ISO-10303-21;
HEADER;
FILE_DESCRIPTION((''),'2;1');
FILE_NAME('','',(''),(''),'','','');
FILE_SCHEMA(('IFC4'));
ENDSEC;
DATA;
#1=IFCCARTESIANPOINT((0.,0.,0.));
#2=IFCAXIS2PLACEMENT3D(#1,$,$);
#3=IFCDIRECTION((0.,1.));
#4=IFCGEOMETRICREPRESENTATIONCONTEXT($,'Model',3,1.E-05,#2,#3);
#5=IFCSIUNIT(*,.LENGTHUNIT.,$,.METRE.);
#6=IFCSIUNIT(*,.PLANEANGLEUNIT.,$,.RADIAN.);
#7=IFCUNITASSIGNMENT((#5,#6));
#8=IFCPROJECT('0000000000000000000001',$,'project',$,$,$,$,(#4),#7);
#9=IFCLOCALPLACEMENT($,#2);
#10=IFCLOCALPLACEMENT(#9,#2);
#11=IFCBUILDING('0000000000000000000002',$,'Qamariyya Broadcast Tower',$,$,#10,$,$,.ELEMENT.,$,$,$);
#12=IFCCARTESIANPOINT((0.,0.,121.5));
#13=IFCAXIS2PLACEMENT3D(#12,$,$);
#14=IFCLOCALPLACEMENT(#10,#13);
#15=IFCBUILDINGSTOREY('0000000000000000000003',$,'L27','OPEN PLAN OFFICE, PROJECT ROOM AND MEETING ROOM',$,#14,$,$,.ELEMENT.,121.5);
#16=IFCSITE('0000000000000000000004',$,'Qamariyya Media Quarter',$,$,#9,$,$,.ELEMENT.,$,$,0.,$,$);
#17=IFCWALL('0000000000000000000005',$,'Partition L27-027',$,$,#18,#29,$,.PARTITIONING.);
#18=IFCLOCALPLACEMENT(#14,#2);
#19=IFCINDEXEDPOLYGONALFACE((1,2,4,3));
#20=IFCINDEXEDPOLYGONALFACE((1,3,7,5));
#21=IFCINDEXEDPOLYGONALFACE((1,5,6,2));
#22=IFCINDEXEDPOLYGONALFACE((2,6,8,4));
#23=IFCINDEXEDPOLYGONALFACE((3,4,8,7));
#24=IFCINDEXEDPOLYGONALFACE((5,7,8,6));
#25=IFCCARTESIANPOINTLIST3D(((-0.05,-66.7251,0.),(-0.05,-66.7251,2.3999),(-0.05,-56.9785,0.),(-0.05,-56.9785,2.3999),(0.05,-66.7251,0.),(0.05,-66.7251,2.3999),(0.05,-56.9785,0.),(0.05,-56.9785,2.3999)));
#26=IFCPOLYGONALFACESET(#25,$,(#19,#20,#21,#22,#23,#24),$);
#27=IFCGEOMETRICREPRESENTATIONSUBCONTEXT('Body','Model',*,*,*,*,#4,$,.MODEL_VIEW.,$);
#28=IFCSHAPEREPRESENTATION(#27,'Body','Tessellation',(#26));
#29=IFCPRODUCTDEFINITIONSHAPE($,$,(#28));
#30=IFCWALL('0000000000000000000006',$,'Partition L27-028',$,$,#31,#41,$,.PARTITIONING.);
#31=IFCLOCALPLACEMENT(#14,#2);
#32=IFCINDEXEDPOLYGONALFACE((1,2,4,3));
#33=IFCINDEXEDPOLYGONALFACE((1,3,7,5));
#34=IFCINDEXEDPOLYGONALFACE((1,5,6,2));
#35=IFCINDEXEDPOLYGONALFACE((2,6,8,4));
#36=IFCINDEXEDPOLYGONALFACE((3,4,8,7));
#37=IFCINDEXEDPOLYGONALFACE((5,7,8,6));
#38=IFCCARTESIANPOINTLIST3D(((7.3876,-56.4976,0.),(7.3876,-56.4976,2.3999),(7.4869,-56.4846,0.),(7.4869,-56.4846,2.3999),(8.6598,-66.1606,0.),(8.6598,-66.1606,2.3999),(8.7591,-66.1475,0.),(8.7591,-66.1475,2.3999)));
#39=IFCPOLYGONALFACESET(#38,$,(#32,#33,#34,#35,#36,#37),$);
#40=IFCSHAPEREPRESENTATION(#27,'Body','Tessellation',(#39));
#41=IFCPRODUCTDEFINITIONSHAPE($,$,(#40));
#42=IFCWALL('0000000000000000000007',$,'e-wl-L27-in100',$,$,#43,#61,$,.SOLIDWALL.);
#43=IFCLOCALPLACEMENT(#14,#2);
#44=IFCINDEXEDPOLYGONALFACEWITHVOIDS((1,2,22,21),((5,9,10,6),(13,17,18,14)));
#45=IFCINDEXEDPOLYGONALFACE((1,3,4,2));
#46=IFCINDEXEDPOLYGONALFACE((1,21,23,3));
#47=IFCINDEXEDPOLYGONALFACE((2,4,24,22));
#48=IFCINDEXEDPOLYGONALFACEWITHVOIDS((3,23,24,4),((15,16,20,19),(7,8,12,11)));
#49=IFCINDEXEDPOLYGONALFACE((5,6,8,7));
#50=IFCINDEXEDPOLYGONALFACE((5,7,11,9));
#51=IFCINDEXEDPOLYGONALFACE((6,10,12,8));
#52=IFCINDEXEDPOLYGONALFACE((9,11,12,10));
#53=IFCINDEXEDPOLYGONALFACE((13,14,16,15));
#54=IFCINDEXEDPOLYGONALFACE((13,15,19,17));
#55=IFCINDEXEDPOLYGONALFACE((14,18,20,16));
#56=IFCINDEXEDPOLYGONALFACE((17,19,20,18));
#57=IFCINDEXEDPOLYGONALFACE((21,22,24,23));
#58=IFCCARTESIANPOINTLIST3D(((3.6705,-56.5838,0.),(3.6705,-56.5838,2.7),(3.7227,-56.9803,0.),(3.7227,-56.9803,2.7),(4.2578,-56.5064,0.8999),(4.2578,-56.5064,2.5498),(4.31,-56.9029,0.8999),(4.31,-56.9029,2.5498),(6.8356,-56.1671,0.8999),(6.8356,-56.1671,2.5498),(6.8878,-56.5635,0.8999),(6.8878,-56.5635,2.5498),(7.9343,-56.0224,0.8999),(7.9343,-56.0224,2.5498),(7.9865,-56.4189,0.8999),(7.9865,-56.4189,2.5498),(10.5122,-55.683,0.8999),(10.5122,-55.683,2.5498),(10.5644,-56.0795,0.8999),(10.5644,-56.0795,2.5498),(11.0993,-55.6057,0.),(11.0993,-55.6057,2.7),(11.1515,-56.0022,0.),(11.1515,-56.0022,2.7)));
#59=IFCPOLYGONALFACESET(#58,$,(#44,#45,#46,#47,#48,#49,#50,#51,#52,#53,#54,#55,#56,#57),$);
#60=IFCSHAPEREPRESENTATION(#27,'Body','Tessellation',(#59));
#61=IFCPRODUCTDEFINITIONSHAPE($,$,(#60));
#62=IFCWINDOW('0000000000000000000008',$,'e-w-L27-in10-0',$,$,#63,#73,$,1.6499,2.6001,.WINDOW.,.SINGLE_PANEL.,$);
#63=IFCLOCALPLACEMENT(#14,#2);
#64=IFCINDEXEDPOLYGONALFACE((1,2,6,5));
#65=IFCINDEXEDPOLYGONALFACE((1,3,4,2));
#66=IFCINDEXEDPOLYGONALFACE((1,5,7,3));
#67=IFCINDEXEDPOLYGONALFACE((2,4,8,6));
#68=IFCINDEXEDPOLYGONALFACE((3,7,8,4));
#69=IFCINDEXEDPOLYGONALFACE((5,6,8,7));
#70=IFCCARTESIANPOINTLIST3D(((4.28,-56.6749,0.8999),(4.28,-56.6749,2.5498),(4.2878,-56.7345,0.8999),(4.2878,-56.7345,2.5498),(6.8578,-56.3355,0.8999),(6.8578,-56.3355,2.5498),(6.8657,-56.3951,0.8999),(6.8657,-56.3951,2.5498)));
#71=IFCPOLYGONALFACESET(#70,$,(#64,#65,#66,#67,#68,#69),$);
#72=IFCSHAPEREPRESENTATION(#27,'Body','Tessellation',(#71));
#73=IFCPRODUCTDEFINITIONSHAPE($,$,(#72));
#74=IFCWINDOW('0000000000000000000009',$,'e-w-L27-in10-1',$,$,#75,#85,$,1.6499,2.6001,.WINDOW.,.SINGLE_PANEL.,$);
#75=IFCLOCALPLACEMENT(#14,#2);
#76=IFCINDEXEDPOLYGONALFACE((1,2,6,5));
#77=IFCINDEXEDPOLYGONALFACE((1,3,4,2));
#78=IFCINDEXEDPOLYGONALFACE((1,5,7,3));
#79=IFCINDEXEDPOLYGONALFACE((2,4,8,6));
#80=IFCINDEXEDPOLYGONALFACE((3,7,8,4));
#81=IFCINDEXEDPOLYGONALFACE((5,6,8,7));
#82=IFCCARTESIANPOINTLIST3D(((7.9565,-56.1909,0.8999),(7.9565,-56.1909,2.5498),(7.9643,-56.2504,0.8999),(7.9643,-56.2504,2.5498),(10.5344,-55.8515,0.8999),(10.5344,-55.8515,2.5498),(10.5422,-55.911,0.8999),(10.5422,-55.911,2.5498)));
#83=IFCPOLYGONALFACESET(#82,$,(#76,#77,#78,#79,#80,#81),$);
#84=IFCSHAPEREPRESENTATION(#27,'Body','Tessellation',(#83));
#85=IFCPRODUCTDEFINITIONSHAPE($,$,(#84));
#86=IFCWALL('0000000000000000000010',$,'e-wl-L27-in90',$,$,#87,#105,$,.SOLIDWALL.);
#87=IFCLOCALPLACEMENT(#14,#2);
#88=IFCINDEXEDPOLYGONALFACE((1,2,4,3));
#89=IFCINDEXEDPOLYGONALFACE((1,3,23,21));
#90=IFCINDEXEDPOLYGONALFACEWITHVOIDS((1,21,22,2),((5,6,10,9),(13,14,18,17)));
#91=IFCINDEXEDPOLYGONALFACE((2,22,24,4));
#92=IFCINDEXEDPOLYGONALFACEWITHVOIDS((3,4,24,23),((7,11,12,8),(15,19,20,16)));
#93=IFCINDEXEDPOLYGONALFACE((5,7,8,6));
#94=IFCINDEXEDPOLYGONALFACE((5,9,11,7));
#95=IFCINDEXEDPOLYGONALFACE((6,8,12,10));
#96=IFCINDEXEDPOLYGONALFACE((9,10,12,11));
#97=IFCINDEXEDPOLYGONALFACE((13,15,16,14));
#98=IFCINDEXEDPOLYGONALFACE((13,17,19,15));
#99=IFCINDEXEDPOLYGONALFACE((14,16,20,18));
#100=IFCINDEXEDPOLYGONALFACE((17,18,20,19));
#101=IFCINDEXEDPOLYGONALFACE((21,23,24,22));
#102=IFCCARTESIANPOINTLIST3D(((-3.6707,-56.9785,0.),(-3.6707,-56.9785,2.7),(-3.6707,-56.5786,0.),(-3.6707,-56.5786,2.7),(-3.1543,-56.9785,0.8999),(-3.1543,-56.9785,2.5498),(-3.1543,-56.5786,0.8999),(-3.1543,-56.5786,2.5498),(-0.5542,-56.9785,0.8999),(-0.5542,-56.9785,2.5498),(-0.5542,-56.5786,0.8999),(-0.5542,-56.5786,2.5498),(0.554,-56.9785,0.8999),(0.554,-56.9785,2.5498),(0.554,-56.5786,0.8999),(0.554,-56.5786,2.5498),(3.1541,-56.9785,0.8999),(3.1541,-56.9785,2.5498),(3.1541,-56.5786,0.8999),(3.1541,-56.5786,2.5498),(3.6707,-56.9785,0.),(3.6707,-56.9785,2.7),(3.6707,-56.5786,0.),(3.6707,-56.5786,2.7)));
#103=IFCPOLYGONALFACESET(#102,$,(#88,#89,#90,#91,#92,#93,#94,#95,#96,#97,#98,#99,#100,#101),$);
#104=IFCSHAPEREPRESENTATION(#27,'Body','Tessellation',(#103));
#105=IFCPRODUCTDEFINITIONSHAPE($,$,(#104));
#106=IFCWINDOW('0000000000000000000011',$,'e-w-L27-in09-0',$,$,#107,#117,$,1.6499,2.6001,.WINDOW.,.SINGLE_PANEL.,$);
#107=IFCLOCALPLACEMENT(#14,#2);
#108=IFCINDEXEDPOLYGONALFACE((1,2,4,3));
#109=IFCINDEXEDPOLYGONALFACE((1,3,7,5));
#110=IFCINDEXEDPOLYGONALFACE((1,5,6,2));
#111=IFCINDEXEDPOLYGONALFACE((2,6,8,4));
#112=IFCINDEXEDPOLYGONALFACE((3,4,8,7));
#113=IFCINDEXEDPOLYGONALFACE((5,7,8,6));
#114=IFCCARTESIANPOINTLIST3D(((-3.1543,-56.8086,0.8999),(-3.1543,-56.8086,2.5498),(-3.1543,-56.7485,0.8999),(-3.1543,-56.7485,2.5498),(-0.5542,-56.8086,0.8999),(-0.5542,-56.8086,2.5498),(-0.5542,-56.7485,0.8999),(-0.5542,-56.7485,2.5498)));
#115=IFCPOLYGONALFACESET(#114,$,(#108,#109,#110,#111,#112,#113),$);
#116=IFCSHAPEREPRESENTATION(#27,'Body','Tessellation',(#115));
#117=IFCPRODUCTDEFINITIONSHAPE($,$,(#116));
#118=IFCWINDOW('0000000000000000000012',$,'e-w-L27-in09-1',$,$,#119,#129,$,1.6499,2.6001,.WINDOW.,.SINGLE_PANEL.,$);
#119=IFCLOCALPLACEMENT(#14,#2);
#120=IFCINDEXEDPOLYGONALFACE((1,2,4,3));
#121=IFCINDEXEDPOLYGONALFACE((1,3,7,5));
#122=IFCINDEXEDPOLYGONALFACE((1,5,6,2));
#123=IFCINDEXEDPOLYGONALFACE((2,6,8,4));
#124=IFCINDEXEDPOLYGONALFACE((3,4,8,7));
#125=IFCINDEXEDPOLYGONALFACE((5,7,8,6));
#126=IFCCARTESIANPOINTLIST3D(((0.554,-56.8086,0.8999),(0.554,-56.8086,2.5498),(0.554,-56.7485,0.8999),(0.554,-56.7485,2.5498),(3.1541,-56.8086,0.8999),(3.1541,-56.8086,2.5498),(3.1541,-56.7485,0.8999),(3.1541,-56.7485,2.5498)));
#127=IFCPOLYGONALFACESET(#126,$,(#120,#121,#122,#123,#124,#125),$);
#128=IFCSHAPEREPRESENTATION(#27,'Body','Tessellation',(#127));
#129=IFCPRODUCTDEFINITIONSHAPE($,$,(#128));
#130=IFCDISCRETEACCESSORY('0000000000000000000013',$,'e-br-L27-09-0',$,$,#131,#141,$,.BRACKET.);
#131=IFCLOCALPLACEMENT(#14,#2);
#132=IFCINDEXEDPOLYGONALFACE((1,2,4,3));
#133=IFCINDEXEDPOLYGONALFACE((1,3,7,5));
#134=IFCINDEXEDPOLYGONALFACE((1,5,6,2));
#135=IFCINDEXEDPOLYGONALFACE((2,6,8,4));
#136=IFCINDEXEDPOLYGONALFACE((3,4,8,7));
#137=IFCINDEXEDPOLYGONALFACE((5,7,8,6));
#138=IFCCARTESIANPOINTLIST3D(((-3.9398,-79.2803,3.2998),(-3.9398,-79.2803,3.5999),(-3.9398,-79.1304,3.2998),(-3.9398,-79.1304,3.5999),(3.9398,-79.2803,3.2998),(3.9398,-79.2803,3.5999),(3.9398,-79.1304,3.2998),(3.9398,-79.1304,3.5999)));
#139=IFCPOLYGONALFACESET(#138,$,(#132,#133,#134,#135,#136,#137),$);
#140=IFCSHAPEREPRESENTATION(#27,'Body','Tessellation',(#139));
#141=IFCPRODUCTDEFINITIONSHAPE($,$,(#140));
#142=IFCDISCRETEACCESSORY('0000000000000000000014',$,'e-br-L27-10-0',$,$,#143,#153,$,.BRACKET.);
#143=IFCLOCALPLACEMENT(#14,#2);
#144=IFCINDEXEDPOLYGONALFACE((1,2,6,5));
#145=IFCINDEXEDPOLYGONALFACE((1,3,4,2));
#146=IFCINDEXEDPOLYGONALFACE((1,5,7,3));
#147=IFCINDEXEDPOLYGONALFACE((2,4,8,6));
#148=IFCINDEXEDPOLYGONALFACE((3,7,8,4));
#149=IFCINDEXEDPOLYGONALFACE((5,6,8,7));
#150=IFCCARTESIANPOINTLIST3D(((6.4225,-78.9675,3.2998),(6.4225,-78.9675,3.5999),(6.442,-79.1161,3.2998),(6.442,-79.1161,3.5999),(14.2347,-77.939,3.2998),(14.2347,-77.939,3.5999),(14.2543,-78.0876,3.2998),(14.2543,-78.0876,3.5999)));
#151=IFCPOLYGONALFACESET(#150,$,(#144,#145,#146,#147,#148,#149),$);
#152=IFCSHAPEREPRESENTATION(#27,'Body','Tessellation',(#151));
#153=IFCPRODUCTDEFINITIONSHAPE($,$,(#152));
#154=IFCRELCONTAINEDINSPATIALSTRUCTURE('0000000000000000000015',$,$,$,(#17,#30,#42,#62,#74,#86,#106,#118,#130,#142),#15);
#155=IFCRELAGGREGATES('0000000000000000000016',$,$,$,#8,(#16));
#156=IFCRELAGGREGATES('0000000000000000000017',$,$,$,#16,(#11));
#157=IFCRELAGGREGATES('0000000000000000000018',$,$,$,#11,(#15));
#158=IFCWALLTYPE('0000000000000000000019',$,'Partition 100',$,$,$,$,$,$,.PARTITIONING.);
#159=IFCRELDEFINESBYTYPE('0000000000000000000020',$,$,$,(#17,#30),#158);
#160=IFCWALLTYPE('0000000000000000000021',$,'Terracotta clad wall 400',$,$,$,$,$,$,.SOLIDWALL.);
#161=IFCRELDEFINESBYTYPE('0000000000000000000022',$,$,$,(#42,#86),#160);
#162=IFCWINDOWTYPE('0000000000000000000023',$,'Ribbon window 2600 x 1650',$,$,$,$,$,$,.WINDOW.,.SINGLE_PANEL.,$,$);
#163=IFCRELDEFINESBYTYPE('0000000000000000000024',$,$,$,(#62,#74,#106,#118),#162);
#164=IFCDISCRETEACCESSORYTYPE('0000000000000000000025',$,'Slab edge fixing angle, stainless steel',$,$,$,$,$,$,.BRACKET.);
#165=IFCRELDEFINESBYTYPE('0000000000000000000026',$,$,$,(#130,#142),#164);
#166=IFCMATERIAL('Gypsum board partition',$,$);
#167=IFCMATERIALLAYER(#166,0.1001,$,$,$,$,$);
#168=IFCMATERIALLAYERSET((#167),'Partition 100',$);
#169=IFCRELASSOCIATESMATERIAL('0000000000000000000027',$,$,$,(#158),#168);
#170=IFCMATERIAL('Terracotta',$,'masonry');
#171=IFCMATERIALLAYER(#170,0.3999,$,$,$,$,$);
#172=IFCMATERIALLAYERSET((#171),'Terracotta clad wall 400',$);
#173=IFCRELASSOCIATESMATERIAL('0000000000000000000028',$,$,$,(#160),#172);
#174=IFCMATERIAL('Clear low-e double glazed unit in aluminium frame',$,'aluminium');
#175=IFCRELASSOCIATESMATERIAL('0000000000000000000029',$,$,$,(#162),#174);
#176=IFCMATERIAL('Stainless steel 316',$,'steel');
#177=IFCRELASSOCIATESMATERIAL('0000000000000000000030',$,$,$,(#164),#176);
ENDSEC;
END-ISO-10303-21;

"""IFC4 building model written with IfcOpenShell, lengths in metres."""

from ifc_helpers import new_model, si_unit, direction, frame, frame_2d, origin, origin_2d, place, context, subcontext, project, spatial, rectangle, extrude, material, layer, layer_set, type_object, element, fill, save


model = new_model("IFC4")

# Units and contexts
model_context = context("Model", 3, precision=1e-05, world=origin(), true_north=direction((0.0, 1.0)))
body_context = subcontext(model_context, "Body", "Model", "MODEL_VIEW")
ifc_project = project(units=[si_unit("LENGTHUNIT", "METRE"), si_unit("PLANEANGLEUNIT", "RADIAN")], contexts=[model_context])

# Site, building, storey
site_placement = place(None, origin())
site = spatial("IfcSite", under=ifc_project, at=site_placement, Name="Qamariyya Media Quarter", CompositionType="ELEMENT", RefElevation=0.0)
building_placement = place(site_placement, origin())
building = spatial("IfcBuilding", under=site, at=building_placement, Name="Qamariyya Broadcast Tower", CompositionType="ELEMENT")
storey_placement = place(building_placement, frame((0.0, 0.0, 121.5)))
storey = spatial("IfcBuildingStorey", under=building, at=storey_placement, Name="L27", Description="OPEN PLAN OFFICE, PROJECT ROOM AND MEETING ROOM", CompositionType="ELEMENT", Elevation=121.5)

# Shared definitions
ifc_material_1 = material(Name="Gypsum board partition")

# Walls
ifc_layer_1 = layer(ifc_material_1, 0.1001)
ifc_layer_set_1 = layer_set([ifc_layer_1], Name="Partition 100")
wall_type_1 = type_object("IfcWallType", Name="Partition 100", PredefinedType="PARTITIONING", material=ifc_layer_set_1)
wall_1_placement = place(storey_placement, frame((0.0, -56.9785, 0.0), z_axis=(0.0, 0.0, 1.0), x_axis=(0.0, -1.0, 0.0)))
element("IfcWall", 1, at=wall_1_placement, inside=storey, type_object=wall_type_1, Name="Partition L27-027", PredefinedType="PARTITIONING", context=body_context, shape_type="SweptSolid", body=[
    extrude(rectangle(XDim=9.7466, YDim=0.1001, at=frame_2d((4.8733, 0.0))), origin(), (0.0, 0.0, 1.0), 2.3999),
])
wall_2_placement = place(storey_placement, frame((7.4373, -56.4912, 0.0), z_axis=(0.0, 0.0, 1.0), x_axis=(0.130534, -0.991444, 0.0)))
element("IfcWall", 2, at=wall_2_placement, inside=storey, type_object=wall_type_1, Name="Partition L27-028", PredefinedType="PARTITIONING", context=body_context, shape_type="SweptSolid", body=[
    extrude(rectangle(XDim=9.7463, YDim=0.1001, at=frame_2d((4.873, 0.0))), origin(), (0.0, 0.0, 1.0), 2.3999),
])

# Walls, openings, windows
ifc_material_2 = material(Name="Terracotta", Category="masonry")
ifc_layer_2 = layer(ifc_material_2, 0.3999)
ifc_layer_set_2 = layer_set([ifc_layer_2], Name="Terracotta clad wall 400")
wall_type_2 = type_object("IfcWallType", Name="Terracotta clad wall 400", PredefinedType="SOLIDWALL", material=ifc_layer_set_2)
wall_3_placement = place(storey_placement, frame((11.1255, -55.804, 0.0), z_axis=(0.0, 0.0, 1.0), x_axis=(-0.991445, -0.130529, 0.0)))
wall_3 = element("IfcWall", 3, at=wall_3_placement, inside=storey, type_object=wall_type_2, Name="e-wl-L27-in100", PredefinedType="SOLIDWALL", context=body_context, shape_type="SweptSolid", body=[
    extrude(rectangle(XDim=7.4929, YDim=0.3999, at=frame_2d((3.7466, 0.0))), origin(), (0.0, 0.0, 1.0), 2.7),
])
opening_1_placement = place(wall_3_placement, frame((4.3005, 0.0, 0.8999)))
opening_1 = element("IfcOpeningElement", 4, at=opening_1_placement, cuts=wall_3, PredefinedType="OPENING", context=body_context, shape_type="SweptSolid", body=[
    extrude(rectangle(XDim=2.6001, YDim=1.6499, at=frame_2d((1.3, 0.825))), frame((0.0, 0.21, 0.0), z_axis=(0.0, -1.0, 0.0), x_axis=(1.0, 0.0, 0.0)), (0.0, 0.0, 1.0), 0.4199),
])
opening_2_placement = place(wall_3_placement, frame((0.5923, 0.0, 0.8999)))
opening_2 = element("IfcOpeningElement", 5, at=opening_2_placement, cuts=wall_3, PredefinedType="OPENING", context=body_context, shape_type="SweptSolid", body=[
    extrude(rectangle(XDim=2.6001, YDim=1.6499, at=frame_2d((1.3, 0.825))), frame((0.0, 0.21, 0.0), z_axis=(0.0, -1.0, 0.0), x_axis=(1.0, 0.0, 0.0)), (0.0, 0.0, 1.0), 0.4199),
])
ifc_material_3 = material(Name="Clear low-e double glazed unit in aluminium frame", Category="aluminium")
window_type = type_object("IfcWindowType", Name="Ribbon window 2600 x 1650", PartitioningType="SINGLE_PANEL", PredefinedType="WINDOW", material=ifc_material_3)
window_1_placement = place(opening_1_placement, origin())
window_1 = element("IfcWindow", 6, at=window_1_placement, inside=storey, type_object=window_type, Name="e-w-L27-in10-0", OverallHeight=1.6499, OverallWidth=2.6001, PartitioningType="SINGLE_PANEL", PredefinedType="WINDOW", context=body_context, shape_type="SweptSolid", body=[
    extrude(rectangle(XDim=2.6001, YDim=1.6499, at=frame_2d((1.3, 0.825))), frame((0.0, 0.03, 0.0), z_axis=(0.0, -1.0, 0.0), x_axis=(1.0, 0.0, 0.0)), (0.0, 0.0, 1.0), 0.0601),
])
fill(opening_1, window_1)
window_2_placement = place(opening_2_placement, origin())
window_2 = element("IfcWindow", 7, at=window_2_placement, inside=storey, type_object=window_type, Name="e-w-L27-in10-1", OverallHeight=1.6499, OverallWidth=2.6001, PartitioningType="SINGLE_PANEL", PredefinedType="WINDOW", context=body_context, shape_type="SweptSolid", body=[
    extrude(rectangle(XDim=2.6001, YDim=1.6499, at=frame_2d((1.3, 0.825))), frame((0.0, 0.03, 0.0), z_axis=(0.0, -1.0, 0.0), x_axis=(1.0, 0.0, 0.0)), (0.0, 0.0, 1.0), 0.0601),
])
fill(opening_2, window_2)
wall_4_placement = place(storey_placement, frame((3.6707, -56.7786, 0.0), z_axis=(0.0, 0.0, 1.0), x_axis=(-1.0, 0.0, 0.0)))
wall_4 = element("IfcWall", 8, at=wall_4_placement, inside=storey, type_object=wall_type_2, Name="e-wl-L27-in90", PredefinedType="SOLIDWALL", context=body_context, shape_type="SweptSolid", body=[
    extrude(rectangle(XDim=7.3413, YDim=0.3999, at=frame_2d((3.6707, 0.0))), origin(), (0.0, 0.0, 1.0), 2.7),
])
opening_3_placement = place(wall_4_placement, frame((4.2249, 0.0, 0.8999)))
opening_3 = element("IfcOpeningElement", 9, at=opening_3_placement, cuts=wall_4, PredefinedType="OPENING", context=body_context, shape_type="SweptSolid", body=[
    extrude(rectangle(XDim=2.6001, YDim=1.6499, at=frame_2d((1.3, 0.825))), frame((0.0, 0.21, 0.0), z_axis=(0.0, -1.0, 0.0), x_axis=(1.0, 0.0, 0.0)), (0.0, 0.0, 1.0), 0.4199),
])
opening_4_placement = place(wall_4_placement, frame((0.5166, 0.0, 0.8999)))
opening_4 = element("IfcOpeningElement", 10, at=opening_4_placement, cuts=wall_4, PredefinedType="OPENING", context=body_context, shape_type="SweptSolid", body=[
    extrude(rectangle(XDim=2.6001, YDim=1.6499, at=frame_2d((1.3, 0.825))), frame((0.0, 0.21, 0.0), z_axis=(0.0, -1.0, 0.0), x_axis=(1.0, 0.0, 0.0)), (0.0, 0.0, 1.0), 0.4199),
])
window_3_placement = place(opening_3_placement, origin())
window_3 = element("IfcWindow", 11, at=window_3_placement, inside=storey, type_object=window_type, Name="e-w-L27-in09-0", OverallHeight=1.6499, OverallWidth=2.6001, PartitioningType="SINGLE_PANEL", PredefinedType="WINDOW", context=body_context, shape_type="SweptSolid", body=[
    extrude(rectangle(XDim=2.6001, YDim=1.6499, at=frame_2d((1.3, 0.825))), frame((0.0, 0.03, 0.0), z_axis=(0.0, -1.0, 0.0), x_axis=(1.0, 0.0, 0.0)), (0.0, 0.0, 1.0), 0.0601),
])
fill(opening_3, window_3)
window_4_placement = place(opening_4_placement, origin())
window_4 = element("IfcWindow", 12, at=window_4_placement, inside=storey, type_object=window_type, Name="e-w-L27-in09-1", OverallHeight=1.6499, OverallWidth=2.6001, PartitioningType="SINGLE_PANEL", PredefinedType="WINDOW", context=body_context, shape_type="SweptSolid", body=[
    extrude(rectangle(XDim=2.6001, YDim=1.6499, at=frame_2d((1.3, 0.825))), frame((0.0, 0.03, 0.0), z_axis=(0.0, -1.0, 0.0), x_axis=(1.0, 0.0, 0.0)), (0.0, 0.0, 1.0), 0.0601),
])
fill(opening_4, window_4)

# Discrete accessories
ifc_material_4 = material(Name="Stainless steel 316", Category="steel")
discrete_accessory_type = type_object("IfcDiscreteAccessoryType", Name="Slab edge fixing angle, stainless steel", PredefinedType="BRACKET", material=ifc_material_4)
for number, where, z_axis, x_axis, name in (
    (13, (0.0, -79.2053, 3.2998), (0.0, 0.0, 1.0), (1.0, 0.0, 0.0), "e-br-L27-09-0"),
    (14, (10.3384, -78.5276, 3.2998), (0.0, 0.0, 1.0), (0.991445, 0.130526, 0.0), "e-br-L27-10-0"),
):
    element("IfcDiscreteAccessory", number, at=place(storey_placement, frame(where, z_axis=z_axis, x_axis=x_axis)), inside=storey, type_object=discrete_accessory_type, Name=name, PredefinedType="BRACKET", context=body_context, shape_type="SweptSolid", body=[
        extrude(rectangle(XDim=7.8796, YDim=0.1499, at=origin_2d()), origin(), (0.0, 0.0, 1.0), 0.3),
    ])

save(model, "model.ifc")
